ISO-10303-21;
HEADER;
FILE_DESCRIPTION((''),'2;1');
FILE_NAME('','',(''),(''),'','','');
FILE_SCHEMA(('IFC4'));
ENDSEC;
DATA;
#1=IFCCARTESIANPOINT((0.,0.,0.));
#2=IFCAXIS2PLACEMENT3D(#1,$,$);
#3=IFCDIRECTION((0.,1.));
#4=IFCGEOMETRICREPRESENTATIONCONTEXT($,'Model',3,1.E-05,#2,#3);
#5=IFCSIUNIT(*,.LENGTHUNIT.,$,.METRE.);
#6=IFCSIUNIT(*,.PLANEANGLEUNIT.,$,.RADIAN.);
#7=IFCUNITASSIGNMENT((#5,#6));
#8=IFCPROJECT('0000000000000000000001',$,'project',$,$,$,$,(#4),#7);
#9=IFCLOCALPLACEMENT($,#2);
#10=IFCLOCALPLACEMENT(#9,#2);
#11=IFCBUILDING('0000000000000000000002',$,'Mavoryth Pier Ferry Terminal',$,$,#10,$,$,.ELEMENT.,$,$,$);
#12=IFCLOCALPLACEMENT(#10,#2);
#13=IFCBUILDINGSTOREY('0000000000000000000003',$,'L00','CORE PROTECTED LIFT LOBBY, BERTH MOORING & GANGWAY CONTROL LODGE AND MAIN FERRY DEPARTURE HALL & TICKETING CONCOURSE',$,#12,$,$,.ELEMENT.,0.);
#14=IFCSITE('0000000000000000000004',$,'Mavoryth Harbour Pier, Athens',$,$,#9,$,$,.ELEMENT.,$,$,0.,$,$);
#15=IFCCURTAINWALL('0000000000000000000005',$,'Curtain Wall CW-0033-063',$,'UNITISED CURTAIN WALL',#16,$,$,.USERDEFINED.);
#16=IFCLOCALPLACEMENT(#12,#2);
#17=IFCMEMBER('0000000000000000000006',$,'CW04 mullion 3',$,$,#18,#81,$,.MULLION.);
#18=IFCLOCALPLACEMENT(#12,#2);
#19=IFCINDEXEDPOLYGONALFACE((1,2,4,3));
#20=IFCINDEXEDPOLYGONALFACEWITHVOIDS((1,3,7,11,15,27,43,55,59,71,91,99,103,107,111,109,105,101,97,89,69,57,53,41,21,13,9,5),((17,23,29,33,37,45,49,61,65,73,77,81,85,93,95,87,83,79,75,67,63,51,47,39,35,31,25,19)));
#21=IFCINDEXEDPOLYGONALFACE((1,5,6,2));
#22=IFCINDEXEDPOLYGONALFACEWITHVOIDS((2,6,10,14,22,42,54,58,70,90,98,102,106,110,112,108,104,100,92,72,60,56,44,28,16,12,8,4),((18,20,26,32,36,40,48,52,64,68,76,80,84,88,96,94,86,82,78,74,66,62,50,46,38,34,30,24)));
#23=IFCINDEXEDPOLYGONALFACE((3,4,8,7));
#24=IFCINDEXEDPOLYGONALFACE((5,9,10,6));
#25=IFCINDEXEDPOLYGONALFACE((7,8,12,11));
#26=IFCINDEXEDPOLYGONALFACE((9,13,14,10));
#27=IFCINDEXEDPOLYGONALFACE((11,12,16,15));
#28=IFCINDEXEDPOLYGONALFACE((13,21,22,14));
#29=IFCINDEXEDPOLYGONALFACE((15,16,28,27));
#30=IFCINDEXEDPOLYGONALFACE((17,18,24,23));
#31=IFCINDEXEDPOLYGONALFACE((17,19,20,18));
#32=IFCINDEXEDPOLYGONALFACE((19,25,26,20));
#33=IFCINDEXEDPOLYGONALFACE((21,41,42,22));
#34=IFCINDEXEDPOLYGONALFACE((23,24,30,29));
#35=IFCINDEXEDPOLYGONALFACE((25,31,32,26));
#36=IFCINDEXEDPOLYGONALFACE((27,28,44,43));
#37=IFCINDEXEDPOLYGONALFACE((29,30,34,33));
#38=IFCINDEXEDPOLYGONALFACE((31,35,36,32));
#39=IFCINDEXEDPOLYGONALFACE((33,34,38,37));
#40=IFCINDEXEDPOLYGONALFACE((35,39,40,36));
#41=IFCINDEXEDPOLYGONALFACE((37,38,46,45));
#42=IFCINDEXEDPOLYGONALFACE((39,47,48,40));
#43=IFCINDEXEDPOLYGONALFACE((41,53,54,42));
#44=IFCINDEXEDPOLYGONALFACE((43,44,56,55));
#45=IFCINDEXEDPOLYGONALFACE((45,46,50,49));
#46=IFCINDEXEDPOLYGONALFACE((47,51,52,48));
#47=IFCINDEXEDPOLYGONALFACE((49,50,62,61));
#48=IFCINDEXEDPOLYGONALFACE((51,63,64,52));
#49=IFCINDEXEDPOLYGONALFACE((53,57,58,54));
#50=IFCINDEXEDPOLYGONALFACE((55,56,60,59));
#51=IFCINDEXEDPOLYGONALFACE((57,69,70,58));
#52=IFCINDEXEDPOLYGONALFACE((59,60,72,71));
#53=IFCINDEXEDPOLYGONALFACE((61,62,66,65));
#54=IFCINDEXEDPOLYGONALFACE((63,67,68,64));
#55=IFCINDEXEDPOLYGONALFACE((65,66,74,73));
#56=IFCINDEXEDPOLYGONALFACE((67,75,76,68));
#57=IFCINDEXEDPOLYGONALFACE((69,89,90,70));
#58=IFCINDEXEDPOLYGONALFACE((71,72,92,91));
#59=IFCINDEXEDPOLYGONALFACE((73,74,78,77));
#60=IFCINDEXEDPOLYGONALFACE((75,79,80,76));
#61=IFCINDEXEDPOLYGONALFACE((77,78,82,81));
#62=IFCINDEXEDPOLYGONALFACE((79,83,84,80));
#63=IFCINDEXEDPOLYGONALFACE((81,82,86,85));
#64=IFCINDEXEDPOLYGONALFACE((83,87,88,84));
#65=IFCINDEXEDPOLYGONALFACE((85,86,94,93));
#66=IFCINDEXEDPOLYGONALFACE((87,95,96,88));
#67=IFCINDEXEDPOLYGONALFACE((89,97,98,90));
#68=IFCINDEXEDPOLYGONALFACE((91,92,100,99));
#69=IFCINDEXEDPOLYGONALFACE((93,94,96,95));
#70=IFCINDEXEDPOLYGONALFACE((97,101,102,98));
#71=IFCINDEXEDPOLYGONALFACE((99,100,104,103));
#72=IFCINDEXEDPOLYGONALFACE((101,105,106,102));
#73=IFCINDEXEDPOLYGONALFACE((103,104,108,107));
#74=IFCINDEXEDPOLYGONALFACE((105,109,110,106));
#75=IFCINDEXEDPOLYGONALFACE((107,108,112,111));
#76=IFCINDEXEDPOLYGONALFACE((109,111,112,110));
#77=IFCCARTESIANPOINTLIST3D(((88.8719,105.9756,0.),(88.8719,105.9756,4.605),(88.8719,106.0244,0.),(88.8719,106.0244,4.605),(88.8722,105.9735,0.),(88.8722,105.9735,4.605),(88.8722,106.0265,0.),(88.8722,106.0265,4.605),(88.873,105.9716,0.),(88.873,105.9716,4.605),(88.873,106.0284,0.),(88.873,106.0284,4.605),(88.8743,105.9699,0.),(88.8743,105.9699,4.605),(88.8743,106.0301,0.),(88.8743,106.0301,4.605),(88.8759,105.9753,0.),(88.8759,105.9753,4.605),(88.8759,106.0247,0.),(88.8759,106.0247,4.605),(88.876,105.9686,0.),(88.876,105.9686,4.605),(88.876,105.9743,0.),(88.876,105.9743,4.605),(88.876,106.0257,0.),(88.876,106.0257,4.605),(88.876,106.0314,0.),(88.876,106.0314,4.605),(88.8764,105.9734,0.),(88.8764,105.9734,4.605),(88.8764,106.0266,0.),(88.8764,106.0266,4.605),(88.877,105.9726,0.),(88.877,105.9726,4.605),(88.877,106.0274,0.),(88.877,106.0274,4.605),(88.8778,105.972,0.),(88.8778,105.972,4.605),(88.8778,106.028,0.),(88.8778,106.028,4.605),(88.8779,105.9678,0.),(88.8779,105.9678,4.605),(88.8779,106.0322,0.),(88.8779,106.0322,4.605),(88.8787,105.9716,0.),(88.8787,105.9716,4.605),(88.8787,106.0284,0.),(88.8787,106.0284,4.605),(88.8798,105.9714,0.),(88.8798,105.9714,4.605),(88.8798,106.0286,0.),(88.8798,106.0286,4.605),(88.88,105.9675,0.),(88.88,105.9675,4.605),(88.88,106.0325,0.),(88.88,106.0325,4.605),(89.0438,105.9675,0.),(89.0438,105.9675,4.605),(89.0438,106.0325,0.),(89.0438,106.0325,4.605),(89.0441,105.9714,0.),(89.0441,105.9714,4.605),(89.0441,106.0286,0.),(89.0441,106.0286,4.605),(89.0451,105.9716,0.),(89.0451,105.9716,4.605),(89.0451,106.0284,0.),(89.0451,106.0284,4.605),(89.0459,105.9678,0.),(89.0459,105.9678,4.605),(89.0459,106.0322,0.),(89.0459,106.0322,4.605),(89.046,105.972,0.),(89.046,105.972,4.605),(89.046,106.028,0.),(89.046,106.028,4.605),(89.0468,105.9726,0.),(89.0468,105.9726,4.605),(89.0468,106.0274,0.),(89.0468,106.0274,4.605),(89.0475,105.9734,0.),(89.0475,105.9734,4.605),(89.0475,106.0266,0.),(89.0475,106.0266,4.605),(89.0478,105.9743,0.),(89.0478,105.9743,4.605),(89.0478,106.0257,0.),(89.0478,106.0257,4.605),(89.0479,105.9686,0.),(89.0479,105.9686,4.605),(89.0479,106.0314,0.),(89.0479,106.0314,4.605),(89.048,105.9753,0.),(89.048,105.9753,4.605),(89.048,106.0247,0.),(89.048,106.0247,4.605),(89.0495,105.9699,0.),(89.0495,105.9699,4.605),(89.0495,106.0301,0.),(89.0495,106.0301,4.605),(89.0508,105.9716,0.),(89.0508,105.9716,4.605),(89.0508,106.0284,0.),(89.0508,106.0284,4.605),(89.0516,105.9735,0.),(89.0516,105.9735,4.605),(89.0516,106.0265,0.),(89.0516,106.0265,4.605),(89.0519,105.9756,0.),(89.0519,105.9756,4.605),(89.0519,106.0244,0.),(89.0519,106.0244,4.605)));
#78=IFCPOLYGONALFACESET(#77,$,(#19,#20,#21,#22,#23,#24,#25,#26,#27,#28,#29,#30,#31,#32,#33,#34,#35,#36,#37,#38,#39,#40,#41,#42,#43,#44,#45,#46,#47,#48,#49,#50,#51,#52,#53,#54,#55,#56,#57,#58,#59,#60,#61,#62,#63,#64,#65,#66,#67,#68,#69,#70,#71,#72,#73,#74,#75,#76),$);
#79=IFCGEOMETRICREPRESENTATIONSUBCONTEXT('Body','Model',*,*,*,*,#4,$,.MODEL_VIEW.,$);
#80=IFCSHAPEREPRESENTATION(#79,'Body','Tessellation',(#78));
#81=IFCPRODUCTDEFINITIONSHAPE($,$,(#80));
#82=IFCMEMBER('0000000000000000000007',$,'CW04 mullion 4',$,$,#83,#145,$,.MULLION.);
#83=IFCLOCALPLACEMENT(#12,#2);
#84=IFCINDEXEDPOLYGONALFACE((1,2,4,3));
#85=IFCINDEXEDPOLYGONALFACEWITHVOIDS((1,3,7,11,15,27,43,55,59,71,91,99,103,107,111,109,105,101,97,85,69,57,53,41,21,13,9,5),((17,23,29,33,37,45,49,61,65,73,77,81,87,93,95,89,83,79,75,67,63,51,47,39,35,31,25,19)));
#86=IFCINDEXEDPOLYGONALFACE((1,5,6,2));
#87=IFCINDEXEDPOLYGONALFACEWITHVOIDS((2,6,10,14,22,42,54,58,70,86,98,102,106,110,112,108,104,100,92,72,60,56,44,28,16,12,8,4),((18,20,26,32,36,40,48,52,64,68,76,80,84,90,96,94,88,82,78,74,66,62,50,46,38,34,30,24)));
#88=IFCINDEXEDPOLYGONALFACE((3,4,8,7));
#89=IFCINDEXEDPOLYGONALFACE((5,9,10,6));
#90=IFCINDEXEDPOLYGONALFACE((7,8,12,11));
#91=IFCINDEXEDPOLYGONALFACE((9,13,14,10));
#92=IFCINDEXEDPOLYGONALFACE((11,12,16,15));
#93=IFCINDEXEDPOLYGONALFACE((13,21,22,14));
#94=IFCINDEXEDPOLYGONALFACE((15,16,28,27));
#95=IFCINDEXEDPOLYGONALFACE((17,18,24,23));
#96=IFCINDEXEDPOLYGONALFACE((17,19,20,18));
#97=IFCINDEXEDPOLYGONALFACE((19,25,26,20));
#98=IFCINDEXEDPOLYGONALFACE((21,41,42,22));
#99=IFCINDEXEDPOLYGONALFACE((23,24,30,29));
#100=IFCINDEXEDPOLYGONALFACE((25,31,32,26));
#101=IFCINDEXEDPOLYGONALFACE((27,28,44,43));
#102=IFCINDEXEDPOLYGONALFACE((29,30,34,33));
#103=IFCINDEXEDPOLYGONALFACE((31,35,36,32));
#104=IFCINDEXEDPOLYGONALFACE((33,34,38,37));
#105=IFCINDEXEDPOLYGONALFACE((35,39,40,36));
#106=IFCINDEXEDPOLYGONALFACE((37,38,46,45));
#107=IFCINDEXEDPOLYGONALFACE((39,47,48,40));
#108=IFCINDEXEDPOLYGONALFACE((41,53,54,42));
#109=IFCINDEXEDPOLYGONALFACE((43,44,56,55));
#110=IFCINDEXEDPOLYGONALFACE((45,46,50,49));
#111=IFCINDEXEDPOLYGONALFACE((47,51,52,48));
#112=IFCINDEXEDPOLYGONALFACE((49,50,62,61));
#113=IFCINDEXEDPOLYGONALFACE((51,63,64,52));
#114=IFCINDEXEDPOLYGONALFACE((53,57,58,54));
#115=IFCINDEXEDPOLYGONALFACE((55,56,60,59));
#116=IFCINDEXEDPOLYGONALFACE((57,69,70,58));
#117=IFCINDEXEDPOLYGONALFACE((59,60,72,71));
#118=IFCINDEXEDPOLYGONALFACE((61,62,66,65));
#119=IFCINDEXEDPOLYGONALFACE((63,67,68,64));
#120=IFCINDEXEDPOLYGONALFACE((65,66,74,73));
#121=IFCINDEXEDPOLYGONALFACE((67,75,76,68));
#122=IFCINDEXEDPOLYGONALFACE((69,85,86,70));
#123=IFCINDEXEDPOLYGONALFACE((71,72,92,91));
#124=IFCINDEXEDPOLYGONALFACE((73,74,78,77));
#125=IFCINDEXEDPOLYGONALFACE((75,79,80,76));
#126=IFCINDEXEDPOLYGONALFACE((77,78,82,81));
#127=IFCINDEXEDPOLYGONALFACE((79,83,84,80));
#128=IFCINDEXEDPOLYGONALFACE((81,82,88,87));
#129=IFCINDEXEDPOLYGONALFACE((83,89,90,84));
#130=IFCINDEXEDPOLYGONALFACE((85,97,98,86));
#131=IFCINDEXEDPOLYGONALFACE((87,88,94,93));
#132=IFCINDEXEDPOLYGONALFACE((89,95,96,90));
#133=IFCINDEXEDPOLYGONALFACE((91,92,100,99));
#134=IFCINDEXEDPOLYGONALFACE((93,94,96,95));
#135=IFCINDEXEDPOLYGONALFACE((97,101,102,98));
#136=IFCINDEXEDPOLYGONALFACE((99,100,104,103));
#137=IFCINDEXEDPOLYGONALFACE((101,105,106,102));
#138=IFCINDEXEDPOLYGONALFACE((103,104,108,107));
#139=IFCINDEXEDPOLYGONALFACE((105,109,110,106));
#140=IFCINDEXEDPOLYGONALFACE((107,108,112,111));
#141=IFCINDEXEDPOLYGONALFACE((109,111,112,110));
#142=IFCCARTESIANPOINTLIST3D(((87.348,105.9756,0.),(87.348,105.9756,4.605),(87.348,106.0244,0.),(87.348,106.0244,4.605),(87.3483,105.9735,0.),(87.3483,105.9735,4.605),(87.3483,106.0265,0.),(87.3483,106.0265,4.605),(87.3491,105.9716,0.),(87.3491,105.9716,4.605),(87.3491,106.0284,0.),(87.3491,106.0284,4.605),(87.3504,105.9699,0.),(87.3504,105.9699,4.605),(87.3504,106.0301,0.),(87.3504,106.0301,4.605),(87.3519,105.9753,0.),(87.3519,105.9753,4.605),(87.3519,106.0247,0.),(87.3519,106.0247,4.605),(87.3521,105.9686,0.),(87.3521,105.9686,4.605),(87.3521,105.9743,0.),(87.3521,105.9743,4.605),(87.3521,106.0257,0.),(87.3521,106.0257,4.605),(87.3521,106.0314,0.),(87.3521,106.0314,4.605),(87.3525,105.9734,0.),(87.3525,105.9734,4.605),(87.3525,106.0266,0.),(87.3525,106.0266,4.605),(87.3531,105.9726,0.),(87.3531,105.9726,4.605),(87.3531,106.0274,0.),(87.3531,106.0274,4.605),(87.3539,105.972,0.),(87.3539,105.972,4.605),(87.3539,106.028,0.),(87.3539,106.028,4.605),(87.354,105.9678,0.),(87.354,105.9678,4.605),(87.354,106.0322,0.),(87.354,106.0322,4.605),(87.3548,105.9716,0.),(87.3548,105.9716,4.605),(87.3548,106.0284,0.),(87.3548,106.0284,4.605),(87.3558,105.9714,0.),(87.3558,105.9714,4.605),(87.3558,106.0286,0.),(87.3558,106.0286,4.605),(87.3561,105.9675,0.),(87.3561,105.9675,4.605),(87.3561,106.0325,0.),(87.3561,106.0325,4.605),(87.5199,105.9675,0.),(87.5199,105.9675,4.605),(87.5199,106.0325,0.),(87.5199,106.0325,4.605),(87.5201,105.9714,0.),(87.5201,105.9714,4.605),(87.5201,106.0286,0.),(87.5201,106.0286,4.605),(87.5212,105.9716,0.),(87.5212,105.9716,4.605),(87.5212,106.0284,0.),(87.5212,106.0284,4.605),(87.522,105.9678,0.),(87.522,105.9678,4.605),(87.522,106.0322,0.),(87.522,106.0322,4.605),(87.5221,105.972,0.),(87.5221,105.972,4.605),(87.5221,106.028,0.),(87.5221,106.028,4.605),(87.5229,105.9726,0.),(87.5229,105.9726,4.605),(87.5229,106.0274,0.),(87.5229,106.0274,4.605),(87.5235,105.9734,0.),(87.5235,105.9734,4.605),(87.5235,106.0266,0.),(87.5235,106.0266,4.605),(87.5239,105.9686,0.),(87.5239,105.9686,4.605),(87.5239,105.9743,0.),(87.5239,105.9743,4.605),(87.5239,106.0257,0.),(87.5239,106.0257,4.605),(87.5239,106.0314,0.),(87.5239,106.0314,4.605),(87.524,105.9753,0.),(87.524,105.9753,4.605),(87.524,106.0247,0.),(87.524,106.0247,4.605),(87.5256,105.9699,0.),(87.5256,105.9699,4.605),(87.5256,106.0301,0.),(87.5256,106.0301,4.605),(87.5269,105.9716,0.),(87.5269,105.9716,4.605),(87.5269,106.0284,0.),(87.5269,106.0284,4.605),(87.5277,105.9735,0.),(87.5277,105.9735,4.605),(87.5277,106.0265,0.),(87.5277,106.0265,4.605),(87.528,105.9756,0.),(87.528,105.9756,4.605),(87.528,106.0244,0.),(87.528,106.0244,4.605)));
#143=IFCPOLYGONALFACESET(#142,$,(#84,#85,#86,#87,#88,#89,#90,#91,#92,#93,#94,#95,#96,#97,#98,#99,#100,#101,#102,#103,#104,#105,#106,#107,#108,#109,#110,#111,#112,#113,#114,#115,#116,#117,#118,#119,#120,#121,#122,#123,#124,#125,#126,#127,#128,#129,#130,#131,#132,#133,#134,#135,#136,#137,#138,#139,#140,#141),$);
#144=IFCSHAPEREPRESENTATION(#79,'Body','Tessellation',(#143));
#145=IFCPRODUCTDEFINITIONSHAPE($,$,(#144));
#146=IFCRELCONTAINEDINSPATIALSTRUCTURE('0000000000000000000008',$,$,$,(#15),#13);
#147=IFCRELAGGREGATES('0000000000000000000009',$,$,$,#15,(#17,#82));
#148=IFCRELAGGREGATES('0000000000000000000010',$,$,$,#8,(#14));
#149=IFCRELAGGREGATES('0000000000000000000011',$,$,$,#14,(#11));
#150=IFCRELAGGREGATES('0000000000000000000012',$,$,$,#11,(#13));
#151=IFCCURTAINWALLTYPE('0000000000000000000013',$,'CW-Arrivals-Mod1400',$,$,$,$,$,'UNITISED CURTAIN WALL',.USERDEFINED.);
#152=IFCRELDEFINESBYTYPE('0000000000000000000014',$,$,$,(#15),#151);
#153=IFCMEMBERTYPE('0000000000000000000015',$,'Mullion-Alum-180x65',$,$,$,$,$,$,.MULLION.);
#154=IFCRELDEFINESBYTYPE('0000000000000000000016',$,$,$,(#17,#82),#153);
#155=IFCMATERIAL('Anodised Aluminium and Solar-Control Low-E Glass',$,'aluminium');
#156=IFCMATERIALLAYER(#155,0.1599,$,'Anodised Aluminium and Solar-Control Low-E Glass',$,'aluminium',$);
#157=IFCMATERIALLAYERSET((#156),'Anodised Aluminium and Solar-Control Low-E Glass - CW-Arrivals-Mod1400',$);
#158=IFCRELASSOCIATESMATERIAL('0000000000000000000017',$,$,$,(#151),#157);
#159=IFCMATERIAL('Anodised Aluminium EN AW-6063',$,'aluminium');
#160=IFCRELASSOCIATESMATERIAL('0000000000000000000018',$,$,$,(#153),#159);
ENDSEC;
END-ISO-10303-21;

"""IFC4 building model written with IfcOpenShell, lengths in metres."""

from ifc_helpers import new_model, si_unit, direction, frame, origin, origin_2d, place, context, subcontext, project, spatial, hollow_rectangle, extrude, material, layer, layer_set, material_profile, profile_set, type_object, element, aggregate, save


model = new_model("IFC4")

# Units and contexts
model_context = context("Model", 3, precision=1e-05, world=origin(), true_north=direction((0.0, 1.0)))
body_context = subcontext(model_context, "Body", "Model", "MODEL_VIEW")
ifc_project = project(units=[si_unit("LENGTHUNIT", "METRE"), si_unit("PLANEANGLEUNIT", "RADIAN")], contexts=[model_context])

# Site, building, storey
site_placement = place(None, origin())
site = spatial("IfcSite", under=ifc_project, at=site_placement, Name="Mavoryth Harbour Pier, Athens", CompositionType="ELEMENT", RefElevation=0.0)
building_placement = place(site_placement, origin())
building = spatial("IfcBuilding", under=site, at=building_placement, Name="Mavoryth Pier Ferry Terminal", CompositionType="ELEMENT")
storey_placement = place(building_placement, origin())
storey = spatial("IfcBuildingStorey", under=building, at=storey_placement, Name="L00", Description="CORE PROTECTED LIFT LOBBY, BERTH MOORING & GANGWAY CONTROL LODGE AND MAIN FERRY DEPARTURE HALL & TICKETING CONCOURSE", CompositionType="ELEMENT", Elevation=0.0)

# Curtain wall, members
ifc_material_1 = material(Name="Anodised Aluminium and Solar-Control Low-E Glass", Category="aluminium")
ifc_layer_1 = layer(ifc_material_1, 0.1599, Name="Anodised Aluminium and Solar-Control Low-E Glass", Category="aluminium")
ifc_layer_set_1 = layer_set([ifc_layer_1], Name="Anodised Aluminium and Solar-Control Low-E Glass - CW-Arrivals-Mod1400")
curtain_wall_type = type_object("IfcCurtainWallType", Name="CW-Arrivals-Mod1400", ElementType="UNITISED CURTAIN WALL", PredefinedType="USERDEFINED", material=ifc_layer_set_1)
curtain_wall_placement = place(storey_placement, origin())
curtain_wall = element("IfcCurtainWall", 1, at=curtain_wall_placement, inside=storey, type_object=curtain_wall_type, Name="Curtain Wall CW-0033-063", ObjectType="UNITISED CURTAIN WALL", PredefinedType="USERDEFINED")
ifc_material_2 = material(Name="Anodised Aluminium EN AW-6063", Category="aluminium")
ifc_material_profile_1 = material_profile(ifc_material_2, hollow_rectangle(XDim=0.0649, YDim=0.1799, WallThickness=0.0039, InnerFilletRadius=0.0039, OuterFilletRadius=0.0081, at=origin_2d()), Name="AL-MULL 180x65x4", Category="aluminium")
ifc_profile_set_1 = profile_set([ifc_material_profile_1], Name="Anodised Aluminium EN AW-6063 - AL-MULL 180x65x4")
member_type_1 = type_object("IfcMemberType", Name="Mullion-Alum-180x65", PredefinedType="MULLION", material=ifc_profile_set_1)
member_1_placement = place(storey_placement, frame((88.9619, 106.0, 0.0), z_axis=(0.0, 0.0, 1.0), x_axis=(0.0, -1.0, 0.0)))
member_1 = element("IfcMember", 2, at=member_1_placement, type_object=member_type_1, Name="CW04 mullion 3", PredefinedType="MULLION", context=body_context, shape_type="SweptSolid", body=[
    extrude(hollow_rectangle(XDim=0.0649, YDim=0.1799, WallThickness=0.0039, InnerFilletRadius=0.0039, OuterFilletRadius=0.0081, at=origin_2d()), origin(), (0.0, 0.0, 1.0), 4.605),
])
member_2_placement = place(storey_placement, frame((87.438, 106.0, 0.0), z_axis=(0.0, 0.0, 1.0), x_axis=(0.0, -1.0, 0.0)))
member_2 = element("IfcMember", 3, at=member_2_placement, type_object=member_type_1, Name="CW04 mullion 4", PredefinedType="MULLION", context=body_context, shape_type="SweptSolid", body=[
    extrude(hollow_rectangle(XDim=0.0649, YDim=0.1799, WallThickness=0.0039, InnerFilletRadius=0.0039, OuterFilletRadius=0.0081, at=origin_2d()), origin(), (0.0, 0.0, 1.0), 4.605),
])
aggregate(curtain_wall, [member_1, member_2])

save(model, "model.ifc")
